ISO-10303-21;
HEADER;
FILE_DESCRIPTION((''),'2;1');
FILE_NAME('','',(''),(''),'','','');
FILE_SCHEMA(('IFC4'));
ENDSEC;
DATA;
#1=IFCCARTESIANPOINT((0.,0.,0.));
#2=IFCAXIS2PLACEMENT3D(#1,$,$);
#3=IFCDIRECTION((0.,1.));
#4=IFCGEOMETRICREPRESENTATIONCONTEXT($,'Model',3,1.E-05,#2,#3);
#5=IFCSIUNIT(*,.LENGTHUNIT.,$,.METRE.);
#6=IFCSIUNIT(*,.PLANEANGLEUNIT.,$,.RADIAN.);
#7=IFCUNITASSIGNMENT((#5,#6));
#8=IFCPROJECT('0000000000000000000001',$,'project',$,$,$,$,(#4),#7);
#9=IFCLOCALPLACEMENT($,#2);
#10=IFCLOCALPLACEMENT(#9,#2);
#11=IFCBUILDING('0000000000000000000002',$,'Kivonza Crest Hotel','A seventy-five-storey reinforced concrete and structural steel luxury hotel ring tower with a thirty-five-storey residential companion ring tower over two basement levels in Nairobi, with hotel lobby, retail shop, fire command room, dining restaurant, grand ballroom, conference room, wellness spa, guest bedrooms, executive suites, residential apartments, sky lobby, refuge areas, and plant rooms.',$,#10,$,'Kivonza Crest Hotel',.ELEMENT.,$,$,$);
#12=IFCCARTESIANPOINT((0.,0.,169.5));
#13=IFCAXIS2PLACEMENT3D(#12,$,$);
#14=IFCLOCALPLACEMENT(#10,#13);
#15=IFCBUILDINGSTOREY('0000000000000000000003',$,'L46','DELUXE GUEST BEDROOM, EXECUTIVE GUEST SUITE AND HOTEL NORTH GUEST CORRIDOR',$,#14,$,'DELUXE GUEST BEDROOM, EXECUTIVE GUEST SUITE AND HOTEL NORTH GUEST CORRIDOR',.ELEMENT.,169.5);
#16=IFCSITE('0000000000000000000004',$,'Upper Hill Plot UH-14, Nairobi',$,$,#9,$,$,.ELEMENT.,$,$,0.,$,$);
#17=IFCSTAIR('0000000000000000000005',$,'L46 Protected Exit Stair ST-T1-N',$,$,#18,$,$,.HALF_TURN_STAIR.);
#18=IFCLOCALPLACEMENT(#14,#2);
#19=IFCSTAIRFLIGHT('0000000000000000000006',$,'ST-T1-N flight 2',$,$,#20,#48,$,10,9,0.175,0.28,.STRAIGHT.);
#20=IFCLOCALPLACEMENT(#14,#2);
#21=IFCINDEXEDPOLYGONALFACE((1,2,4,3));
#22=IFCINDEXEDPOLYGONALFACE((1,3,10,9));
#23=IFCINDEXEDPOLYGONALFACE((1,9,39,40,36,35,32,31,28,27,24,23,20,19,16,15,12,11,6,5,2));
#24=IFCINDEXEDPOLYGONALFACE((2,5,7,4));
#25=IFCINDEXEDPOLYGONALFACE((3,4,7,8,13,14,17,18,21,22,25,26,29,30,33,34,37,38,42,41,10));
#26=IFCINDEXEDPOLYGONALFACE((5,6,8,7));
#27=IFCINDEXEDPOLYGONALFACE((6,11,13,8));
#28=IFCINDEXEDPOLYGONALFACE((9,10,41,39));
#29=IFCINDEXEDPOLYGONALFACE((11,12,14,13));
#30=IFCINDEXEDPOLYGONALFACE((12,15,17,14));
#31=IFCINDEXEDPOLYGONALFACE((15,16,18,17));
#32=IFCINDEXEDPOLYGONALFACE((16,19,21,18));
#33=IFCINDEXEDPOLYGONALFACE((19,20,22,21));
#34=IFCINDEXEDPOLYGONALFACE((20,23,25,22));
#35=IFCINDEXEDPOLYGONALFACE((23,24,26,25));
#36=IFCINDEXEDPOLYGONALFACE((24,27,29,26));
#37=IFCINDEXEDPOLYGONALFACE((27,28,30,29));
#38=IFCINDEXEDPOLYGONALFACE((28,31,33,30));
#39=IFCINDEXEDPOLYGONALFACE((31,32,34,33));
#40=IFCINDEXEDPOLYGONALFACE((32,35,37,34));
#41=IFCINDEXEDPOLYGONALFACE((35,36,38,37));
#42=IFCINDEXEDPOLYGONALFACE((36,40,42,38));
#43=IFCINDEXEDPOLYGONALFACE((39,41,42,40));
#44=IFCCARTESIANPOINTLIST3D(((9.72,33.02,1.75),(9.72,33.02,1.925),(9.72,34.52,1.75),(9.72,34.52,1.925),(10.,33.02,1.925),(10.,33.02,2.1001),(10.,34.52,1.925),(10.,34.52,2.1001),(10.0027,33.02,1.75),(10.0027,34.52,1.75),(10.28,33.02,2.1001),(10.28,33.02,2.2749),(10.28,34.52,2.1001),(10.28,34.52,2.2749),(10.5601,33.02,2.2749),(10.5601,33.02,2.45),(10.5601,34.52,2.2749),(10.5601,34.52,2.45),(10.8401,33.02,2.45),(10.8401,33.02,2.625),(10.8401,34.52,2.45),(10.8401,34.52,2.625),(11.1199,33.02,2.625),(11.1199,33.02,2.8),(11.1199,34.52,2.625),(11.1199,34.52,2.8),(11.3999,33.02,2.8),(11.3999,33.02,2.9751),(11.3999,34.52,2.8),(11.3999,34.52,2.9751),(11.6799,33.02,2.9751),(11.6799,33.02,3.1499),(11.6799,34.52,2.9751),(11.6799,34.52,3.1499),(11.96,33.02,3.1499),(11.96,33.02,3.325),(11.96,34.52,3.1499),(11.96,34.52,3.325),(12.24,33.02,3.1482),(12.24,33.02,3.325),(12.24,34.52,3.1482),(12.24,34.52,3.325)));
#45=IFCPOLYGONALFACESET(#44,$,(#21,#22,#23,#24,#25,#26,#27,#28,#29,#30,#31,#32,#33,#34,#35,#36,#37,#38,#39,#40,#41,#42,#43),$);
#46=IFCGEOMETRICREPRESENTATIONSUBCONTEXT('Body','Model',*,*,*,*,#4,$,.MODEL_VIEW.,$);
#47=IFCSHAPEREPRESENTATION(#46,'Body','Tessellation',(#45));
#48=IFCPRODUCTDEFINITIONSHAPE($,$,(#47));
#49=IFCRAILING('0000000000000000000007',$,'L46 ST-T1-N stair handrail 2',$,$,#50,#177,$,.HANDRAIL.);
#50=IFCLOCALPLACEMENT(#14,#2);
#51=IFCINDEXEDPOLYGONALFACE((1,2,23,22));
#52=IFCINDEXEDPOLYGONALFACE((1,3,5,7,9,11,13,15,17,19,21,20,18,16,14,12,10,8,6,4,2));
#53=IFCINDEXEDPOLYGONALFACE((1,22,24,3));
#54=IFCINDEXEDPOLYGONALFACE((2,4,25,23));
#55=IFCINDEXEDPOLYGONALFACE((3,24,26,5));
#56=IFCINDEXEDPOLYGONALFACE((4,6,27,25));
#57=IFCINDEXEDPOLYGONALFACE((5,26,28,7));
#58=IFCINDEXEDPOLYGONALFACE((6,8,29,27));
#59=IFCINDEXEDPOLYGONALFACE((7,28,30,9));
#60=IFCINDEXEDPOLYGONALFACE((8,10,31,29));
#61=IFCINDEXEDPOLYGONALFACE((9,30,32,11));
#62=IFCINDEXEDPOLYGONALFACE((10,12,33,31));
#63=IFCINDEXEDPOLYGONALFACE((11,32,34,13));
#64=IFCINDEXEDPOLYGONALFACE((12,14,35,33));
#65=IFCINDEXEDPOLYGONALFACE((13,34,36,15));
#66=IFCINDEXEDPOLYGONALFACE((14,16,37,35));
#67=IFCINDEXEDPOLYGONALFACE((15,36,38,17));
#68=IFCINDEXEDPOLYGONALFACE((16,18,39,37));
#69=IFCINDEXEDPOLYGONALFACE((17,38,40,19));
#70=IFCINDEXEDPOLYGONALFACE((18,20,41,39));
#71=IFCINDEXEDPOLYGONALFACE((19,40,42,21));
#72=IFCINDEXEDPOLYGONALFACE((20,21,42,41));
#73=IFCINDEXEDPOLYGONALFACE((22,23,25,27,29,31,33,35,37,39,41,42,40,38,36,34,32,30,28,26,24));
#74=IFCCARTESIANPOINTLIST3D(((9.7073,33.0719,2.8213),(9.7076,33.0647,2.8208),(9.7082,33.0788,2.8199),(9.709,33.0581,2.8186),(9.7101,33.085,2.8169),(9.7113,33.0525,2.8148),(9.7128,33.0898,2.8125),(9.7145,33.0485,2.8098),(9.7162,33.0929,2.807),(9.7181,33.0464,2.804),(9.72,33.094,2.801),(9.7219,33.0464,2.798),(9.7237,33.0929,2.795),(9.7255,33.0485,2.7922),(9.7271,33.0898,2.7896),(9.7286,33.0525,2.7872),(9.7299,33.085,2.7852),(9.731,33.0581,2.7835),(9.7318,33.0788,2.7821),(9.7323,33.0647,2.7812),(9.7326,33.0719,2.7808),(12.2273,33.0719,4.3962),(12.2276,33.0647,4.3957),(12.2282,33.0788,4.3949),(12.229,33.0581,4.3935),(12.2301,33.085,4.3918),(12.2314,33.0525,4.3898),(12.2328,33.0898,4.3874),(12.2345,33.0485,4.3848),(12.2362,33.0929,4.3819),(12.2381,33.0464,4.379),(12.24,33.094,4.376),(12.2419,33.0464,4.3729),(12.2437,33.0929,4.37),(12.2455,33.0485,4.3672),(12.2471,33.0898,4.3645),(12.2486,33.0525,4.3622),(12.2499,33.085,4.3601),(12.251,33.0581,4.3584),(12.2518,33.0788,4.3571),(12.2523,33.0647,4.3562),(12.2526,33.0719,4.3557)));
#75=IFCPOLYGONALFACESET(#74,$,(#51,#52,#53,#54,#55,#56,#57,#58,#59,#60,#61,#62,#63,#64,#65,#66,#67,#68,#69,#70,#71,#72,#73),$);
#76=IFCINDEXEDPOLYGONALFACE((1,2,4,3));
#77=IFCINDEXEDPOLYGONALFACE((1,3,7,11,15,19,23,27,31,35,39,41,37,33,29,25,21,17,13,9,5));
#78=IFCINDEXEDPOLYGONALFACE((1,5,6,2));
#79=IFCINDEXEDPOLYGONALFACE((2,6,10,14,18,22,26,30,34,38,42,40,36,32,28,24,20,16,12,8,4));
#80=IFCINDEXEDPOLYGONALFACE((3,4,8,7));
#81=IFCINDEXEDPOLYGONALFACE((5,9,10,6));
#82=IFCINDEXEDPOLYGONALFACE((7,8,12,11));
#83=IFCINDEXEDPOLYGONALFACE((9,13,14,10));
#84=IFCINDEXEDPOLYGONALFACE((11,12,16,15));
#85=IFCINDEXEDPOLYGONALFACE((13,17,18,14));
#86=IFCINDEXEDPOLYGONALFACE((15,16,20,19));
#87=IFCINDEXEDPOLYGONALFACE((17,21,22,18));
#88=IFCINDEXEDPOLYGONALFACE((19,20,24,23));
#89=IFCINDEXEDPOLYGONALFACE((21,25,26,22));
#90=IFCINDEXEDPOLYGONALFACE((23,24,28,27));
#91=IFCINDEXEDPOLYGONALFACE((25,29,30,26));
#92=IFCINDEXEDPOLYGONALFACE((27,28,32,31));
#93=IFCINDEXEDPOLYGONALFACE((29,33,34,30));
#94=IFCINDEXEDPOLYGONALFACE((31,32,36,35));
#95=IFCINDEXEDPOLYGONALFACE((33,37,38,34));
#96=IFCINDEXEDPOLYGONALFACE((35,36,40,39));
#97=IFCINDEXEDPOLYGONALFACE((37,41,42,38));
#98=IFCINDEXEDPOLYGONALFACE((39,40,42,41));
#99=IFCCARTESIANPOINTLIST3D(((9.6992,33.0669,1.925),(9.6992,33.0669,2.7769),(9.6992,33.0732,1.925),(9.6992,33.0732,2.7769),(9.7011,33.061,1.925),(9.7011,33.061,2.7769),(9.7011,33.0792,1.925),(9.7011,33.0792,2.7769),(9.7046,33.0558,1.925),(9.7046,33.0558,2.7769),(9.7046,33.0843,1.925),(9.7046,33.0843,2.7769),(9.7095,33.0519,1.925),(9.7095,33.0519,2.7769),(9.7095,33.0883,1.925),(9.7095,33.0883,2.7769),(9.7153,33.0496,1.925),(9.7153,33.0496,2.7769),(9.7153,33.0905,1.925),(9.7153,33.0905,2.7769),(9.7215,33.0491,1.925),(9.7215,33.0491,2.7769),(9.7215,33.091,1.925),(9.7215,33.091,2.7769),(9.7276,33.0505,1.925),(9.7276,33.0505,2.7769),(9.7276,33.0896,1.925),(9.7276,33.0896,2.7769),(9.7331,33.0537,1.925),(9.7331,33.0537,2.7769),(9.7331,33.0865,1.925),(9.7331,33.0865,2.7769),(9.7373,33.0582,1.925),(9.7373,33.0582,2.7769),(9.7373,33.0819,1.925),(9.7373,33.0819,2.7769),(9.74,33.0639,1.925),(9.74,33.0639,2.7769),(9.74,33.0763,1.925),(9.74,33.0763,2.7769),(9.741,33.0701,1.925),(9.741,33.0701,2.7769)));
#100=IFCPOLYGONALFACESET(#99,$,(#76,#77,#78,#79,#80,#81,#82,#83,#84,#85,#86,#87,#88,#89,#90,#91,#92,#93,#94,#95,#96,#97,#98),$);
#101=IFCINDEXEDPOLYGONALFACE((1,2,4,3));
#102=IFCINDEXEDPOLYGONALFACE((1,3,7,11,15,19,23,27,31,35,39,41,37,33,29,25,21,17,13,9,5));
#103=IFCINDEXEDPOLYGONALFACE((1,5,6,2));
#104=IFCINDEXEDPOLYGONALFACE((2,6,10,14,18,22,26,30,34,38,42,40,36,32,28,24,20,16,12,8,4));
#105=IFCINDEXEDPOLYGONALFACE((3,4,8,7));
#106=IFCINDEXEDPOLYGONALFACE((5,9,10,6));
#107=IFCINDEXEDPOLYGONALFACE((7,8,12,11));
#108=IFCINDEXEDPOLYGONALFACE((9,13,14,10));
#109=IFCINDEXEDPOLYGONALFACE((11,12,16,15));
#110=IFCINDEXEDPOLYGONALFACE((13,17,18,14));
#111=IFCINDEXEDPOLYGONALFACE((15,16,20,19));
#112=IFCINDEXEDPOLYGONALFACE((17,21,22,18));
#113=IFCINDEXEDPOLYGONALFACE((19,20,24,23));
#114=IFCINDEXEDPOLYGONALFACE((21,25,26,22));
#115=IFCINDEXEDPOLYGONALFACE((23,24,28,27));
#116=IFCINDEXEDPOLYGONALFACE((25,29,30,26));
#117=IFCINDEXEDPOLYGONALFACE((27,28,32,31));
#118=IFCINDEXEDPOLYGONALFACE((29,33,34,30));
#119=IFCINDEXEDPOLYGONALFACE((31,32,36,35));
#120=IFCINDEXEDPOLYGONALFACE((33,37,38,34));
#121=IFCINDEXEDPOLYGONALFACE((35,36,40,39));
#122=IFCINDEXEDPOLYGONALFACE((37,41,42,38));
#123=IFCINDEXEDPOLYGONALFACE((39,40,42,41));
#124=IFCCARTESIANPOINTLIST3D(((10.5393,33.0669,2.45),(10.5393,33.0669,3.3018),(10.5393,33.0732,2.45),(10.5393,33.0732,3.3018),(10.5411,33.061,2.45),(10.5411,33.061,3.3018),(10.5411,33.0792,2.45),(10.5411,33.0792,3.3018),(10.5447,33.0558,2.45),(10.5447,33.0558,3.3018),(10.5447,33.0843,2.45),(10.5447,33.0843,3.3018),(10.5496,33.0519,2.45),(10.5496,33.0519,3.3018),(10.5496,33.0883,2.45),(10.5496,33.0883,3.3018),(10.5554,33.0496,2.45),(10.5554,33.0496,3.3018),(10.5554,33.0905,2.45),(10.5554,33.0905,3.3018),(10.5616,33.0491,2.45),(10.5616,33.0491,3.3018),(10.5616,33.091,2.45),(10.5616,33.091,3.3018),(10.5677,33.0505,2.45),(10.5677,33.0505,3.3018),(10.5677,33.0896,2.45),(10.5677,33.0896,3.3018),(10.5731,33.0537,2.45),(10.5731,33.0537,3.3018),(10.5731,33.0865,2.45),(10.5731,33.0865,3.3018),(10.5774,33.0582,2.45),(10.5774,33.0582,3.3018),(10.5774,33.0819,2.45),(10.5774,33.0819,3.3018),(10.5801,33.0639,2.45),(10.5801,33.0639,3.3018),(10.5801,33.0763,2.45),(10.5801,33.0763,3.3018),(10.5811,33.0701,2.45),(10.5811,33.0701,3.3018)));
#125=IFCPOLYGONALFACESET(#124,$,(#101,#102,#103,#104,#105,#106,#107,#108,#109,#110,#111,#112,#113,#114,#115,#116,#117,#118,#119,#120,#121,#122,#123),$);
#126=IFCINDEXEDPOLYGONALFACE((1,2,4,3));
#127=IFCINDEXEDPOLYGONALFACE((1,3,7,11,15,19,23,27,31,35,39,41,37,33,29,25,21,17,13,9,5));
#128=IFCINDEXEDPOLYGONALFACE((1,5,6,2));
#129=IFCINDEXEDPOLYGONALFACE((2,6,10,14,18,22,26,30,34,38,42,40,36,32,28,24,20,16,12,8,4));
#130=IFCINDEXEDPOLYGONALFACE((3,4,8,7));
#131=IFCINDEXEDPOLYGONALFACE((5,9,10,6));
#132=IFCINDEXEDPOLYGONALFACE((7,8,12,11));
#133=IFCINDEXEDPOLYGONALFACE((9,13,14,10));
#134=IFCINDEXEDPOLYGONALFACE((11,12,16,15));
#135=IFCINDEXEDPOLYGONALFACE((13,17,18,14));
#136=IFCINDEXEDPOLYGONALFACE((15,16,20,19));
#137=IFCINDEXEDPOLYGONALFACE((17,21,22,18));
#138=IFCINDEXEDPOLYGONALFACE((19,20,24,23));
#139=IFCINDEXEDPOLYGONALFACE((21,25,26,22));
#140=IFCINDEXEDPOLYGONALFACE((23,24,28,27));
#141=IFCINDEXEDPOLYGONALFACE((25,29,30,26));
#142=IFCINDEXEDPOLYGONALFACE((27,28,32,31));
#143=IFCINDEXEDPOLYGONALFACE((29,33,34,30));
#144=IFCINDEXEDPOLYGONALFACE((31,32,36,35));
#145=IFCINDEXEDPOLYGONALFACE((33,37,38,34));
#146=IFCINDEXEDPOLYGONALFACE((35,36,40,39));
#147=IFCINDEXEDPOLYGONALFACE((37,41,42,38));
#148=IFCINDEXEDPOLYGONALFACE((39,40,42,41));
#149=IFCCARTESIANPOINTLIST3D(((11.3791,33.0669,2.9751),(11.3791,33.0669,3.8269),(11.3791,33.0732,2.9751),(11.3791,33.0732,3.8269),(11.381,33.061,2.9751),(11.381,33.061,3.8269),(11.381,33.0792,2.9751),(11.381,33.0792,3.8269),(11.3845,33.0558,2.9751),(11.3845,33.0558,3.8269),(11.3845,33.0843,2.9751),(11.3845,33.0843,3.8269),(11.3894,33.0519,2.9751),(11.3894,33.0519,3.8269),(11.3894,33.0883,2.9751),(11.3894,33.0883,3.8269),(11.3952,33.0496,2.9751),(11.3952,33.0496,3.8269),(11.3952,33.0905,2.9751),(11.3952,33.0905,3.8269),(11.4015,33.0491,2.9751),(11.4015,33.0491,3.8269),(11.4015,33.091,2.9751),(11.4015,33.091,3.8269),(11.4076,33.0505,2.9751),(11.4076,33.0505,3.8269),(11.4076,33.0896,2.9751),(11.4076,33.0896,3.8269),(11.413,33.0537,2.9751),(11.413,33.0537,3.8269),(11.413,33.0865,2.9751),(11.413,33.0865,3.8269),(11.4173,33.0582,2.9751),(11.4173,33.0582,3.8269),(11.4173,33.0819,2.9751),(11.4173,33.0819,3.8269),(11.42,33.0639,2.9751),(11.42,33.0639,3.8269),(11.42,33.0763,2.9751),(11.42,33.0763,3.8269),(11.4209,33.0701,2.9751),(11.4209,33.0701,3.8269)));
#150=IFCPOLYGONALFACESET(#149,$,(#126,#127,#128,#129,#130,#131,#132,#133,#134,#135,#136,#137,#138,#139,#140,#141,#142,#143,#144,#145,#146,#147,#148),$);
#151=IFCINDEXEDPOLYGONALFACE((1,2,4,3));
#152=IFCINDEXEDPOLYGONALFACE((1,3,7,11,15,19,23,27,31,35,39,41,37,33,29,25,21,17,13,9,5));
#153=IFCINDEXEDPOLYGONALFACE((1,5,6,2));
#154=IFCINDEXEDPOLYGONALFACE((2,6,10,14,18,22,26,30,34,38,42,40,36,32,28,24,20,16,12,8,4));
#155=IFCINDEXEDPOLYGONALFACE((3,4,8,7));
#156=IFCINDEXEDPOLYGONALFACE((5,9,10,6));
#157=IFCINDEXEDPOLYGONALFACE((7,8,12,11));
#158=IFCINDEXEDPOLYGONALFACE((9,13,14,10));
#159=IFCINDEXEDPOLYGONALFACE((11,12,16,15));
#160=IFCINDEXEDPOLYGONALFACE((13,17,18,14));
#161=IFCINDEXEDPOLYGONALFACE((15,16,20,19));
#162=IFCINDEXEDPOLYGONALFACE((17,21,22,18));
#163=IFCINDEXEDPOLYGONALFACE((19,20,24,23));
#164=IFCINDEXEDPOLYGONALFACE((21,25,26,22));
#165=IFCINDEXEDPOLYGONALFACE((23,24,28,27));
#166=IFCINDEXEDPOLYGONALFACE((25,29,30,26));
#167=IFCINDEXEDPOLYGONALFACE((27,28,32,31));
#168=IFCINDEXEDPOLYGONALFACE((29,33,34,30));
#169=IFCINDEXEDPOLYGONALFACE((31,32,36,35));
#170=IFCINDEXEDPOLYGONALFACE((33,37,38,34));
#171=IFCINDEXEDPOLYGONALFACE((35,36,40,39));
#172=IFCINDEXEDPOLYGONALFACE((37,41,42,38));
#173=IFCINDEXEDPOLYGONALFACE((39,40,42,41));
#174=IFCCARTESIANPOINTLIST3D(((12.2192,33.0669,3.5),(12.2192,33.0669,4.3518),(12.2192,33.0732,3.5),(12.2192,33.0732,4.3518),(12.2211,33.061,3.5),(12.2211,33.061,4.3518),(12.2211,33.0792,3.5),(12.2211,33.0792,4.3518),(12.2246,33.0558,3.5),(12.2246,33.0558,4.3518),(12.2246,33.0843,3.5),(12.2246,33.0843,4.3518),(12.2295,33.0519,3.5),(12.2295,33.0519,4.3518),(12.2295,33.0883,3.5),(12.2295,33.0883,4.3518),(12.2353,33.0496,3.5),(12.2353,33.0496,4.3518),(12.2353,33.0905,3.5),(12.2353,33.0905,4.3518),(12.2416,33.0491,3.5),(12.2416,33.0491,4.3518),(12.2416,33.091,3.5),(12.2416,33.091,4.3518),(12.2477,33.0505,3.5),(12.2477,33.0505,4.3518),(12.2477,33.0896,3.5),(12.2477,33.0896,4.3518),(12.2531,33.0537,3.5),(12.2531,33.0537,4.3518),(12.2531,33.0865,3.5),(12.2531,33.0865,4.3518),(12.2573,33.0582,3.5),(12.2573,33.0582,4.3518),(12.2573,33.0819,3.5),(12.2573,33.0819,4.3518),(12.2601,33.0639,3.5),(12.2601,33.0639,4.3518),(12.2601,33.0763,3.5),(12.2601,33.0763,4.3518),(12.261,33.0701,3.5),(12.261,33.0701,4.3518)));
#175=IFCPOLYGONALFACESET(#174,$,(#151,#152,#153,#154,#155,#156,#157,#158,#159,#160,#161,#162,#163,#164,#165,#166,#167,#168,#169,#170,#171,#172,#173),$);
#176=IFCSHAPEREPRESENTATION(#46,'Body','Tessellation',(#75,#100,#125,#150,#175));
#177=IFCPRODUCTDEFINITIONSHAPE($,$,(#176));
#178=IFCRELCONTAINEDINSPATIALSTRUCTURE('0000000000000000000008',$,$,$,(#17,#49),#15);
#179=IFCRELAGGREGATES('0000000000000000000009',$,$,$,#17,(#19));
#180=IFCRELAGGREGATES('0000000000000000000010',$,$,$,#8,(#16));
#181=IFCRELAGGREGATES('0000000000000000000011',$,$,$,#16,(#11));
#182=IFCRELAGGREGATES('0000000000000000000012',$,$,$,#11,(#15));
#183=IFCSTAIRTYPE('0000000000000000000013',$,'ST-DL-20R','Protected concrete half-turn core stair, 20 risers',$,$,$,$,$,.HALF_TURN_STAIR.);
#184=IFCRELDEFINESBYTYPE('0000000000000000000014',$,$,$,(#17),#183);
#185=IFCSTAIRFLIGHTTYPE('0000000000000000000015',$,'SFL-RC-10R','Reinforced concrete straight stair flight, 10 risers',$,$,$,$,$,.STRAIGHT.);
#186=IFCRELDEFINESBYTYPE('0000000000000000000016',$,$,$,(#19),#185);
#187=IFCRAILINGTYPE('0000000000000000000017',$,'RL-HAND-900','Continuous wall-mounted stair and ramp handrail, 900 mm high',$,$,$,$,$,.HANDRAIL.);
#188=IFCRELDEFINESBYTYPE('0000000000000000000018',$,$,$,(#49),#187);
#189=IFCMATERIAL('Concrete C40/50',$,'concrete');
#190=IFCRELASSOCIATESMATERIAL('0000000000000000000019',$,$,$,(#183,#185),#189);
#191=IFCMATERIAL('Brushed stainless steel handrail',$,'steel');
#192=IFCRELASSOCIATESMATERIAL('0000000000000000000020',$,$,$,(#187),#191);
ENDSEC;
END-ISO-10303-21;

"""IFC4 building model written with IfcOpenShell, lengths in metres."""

from ifc_helpers import new_model, si_unit, direction, frame, origin, origin_2d, place, context, subcontext, project, spatial, polyline, circle, outline, extrude, material, type_object, element, aggregate, save


model = new_model("IFC4")

# Units and contexts
model_context = context("Model", 3, precision=1e-05, world=origin(), true_north=direction((0.0, 1.0)))
body_context = subcontext(model_context, "Body", "Model", "MODEL_VIEW")
ifc_project = project(units=[si_unit("LENGTHUNIT", "METRE"), si_unit("PLANEANGLEUNIT", "RADIAN")], contexts=[model_context])

# Site, building, storey
site_placement = place(None, origin())
site = spatial("IfcSite", under=ifc_project, at=site_placement, Name="Upper Hill Plot UH-14, Nairobi", CompositionType="ELEMENT", RefElevation=0.0)
building_placement = place(site_placement, origin())
building = spatial("IfcBuilding", under=site, at=building_placement, Name="Kivonza Crest Hotel", Description="A seventy-five-storey reinforced concrete and structural steel luxury hotel ring tower with a thirty-five-storey residential companion ring tower over two basement levels in Nairobi, with hotel lobby, retail shop, fire command room, dining restaurant, grand ballroom, conference room, wellness spa, guest bedrooms, executive suites, residential apartments, sky lobby, refuge areas, and plant rooms.", LongName="Kivonza Crest Hotel", CompositionType="ELEMENT")
storey_placement = place(building_placement, frame((0.0, 0.0, 169.5)))
storey = spatial("IfcBuildingStorey", under=building, at=storey_placement, Name="L46", Description="DELUXE GUEST BEDROOM, EXECUTIVE GUEST SUITE AND HOTEL NORTH GUEST CORRIDOR", LongName="DELUXE GUEST BEDROOM, EXECUTIVE GUEST SUITE AND HOTEL NORTH GUEST CORRIDOR", CompositionType="ELEMENT", Elevation=169.5)

# Stair, stair flight
ifc_material_1 = material(Name="Concrete C40/50", Category="concrete")
stair_type = type_object("IfcStairType", Name="ST-DL-20R", Description="Protected concrete half-turn core stair, 20 risers", PredefinedType="HALF_TURN_STAIR", material=ifc_material_1)
stair_placement = place(storey_placement, origin())
stair = element("IfcStair", 1, at=stair_placement, inside=storey, type_object=stair_type, Name="L46 Protected Exit Stair ST-T1-N", PredefinedType="HALF_TURN_STAIR")
stair_flight_type = type_object("IfcStairFlightType", Name="SFL-RC-10R", Description="Reinforced concrete straight stair flight, 10 risers", PredefinedType="STRAIGHT", material=ifc_material_1)
stair_flight_placement = place(storey_placement, frame((9.72, 33.77, 1.75), z_axis=(0.0, 0.0, 1.0), x_axis=(1.0, 0.0, 0.0)))
stair_flight = element("IfcStairFlight", 2, at=stair_flight_placement, type_object=stair_flight_type, Name="ST-T1-N flight 2", NumberOfRisers=10, NumberOfTreads=9, PredefinedType="STRAIGHT", RiserHeight=0.175, TreadLength=0.28, context=body_context, shape_type="SweptSolid", body=[
    extrude(outline(polyline([(0.0, 0.0), (0.0, 0.175), (0.28, 0.175), (0.28, 0.3501), (0.5601, 0.3501), (0.5601, 0.5249), (0.8401, 0.5249), (0.8401, 0.7), (1.1201, 0.7), (1.1201, 0.875), (1.3999, 0.875), (1.3999, 1.05), (1.6799, 1.05), (1.6799, 1.2251), (1.96, 1.2251), (1.96, 1.3999), (2.24, 1.3999), (2.24, 1.575), (2.52, 1.575), (2.52, 1.75), (2.52, 1.3982), (0.2827, 0.0), (0.0, 0.0)])), frame((0.0, 0.75, 0.0), z_axis=(0.0, -1.0, 0.0), x_axis=(1.0, 0.0, 0.0)), (0.0, 0.0, 1.0), 1.5),
])
aggregate(stair, [stair_flight])

# Railing
ifc_material_2 = material(Name="Brushed stainless steel handrail", Category="steel")
railing_type_1 = type_object("IfcRailingType", Name="RL-HAND-900", Description="Continuous wall-mounted stair and ramp handrail, 900 mm high", PredefinedType="HANDRAIL", material=ifc_material_2)
railing_1_placement = place(storey_placement, frame((9.72, 33.0701, 1.925)))
element("IfcRailing", 3, at=railing_1_placement, inside=storey, type_object=railing_type_1, Name="L46 ST-T1-N stair handrail 2", PredefinedType="HANDRAIL", context=body_context, shape_type="SweptSolid", body=[
    extrude(circle(Radius=0.0239, at=origin_2d()), frame((0.0, 0.0, 0.876), z_axis=(0.848008, 0.0, 0.529984), x_axis=(0.0, 1.0, 0.0)), (0.0, 0.0, 1.0), 2.9717),
    extrude(circle(Radius=0.021, at=origin_2d()), origin(), (0.0, 0.0, 1.0), 0.8518),
    extrude(circle(Radius=0.021, at=origin_2d()), frame((0.8401, 0.0, 0.5249)), (0.0, 0.0, 1.0), 0.8518),
    extrude(circle(Radius=0.021, at=origin_2d()), frame((1.6799, 0.0, 1.05)), (0.0, 0.0, 1.0), 0.8518),
    extrude(circle(Radius=0.021, at=origin_2d()), frame((2.52, 0.0, 1.575)), (0.0, 0.0, 1.0), 0.8518),
])

save(model, "model.ifc")
